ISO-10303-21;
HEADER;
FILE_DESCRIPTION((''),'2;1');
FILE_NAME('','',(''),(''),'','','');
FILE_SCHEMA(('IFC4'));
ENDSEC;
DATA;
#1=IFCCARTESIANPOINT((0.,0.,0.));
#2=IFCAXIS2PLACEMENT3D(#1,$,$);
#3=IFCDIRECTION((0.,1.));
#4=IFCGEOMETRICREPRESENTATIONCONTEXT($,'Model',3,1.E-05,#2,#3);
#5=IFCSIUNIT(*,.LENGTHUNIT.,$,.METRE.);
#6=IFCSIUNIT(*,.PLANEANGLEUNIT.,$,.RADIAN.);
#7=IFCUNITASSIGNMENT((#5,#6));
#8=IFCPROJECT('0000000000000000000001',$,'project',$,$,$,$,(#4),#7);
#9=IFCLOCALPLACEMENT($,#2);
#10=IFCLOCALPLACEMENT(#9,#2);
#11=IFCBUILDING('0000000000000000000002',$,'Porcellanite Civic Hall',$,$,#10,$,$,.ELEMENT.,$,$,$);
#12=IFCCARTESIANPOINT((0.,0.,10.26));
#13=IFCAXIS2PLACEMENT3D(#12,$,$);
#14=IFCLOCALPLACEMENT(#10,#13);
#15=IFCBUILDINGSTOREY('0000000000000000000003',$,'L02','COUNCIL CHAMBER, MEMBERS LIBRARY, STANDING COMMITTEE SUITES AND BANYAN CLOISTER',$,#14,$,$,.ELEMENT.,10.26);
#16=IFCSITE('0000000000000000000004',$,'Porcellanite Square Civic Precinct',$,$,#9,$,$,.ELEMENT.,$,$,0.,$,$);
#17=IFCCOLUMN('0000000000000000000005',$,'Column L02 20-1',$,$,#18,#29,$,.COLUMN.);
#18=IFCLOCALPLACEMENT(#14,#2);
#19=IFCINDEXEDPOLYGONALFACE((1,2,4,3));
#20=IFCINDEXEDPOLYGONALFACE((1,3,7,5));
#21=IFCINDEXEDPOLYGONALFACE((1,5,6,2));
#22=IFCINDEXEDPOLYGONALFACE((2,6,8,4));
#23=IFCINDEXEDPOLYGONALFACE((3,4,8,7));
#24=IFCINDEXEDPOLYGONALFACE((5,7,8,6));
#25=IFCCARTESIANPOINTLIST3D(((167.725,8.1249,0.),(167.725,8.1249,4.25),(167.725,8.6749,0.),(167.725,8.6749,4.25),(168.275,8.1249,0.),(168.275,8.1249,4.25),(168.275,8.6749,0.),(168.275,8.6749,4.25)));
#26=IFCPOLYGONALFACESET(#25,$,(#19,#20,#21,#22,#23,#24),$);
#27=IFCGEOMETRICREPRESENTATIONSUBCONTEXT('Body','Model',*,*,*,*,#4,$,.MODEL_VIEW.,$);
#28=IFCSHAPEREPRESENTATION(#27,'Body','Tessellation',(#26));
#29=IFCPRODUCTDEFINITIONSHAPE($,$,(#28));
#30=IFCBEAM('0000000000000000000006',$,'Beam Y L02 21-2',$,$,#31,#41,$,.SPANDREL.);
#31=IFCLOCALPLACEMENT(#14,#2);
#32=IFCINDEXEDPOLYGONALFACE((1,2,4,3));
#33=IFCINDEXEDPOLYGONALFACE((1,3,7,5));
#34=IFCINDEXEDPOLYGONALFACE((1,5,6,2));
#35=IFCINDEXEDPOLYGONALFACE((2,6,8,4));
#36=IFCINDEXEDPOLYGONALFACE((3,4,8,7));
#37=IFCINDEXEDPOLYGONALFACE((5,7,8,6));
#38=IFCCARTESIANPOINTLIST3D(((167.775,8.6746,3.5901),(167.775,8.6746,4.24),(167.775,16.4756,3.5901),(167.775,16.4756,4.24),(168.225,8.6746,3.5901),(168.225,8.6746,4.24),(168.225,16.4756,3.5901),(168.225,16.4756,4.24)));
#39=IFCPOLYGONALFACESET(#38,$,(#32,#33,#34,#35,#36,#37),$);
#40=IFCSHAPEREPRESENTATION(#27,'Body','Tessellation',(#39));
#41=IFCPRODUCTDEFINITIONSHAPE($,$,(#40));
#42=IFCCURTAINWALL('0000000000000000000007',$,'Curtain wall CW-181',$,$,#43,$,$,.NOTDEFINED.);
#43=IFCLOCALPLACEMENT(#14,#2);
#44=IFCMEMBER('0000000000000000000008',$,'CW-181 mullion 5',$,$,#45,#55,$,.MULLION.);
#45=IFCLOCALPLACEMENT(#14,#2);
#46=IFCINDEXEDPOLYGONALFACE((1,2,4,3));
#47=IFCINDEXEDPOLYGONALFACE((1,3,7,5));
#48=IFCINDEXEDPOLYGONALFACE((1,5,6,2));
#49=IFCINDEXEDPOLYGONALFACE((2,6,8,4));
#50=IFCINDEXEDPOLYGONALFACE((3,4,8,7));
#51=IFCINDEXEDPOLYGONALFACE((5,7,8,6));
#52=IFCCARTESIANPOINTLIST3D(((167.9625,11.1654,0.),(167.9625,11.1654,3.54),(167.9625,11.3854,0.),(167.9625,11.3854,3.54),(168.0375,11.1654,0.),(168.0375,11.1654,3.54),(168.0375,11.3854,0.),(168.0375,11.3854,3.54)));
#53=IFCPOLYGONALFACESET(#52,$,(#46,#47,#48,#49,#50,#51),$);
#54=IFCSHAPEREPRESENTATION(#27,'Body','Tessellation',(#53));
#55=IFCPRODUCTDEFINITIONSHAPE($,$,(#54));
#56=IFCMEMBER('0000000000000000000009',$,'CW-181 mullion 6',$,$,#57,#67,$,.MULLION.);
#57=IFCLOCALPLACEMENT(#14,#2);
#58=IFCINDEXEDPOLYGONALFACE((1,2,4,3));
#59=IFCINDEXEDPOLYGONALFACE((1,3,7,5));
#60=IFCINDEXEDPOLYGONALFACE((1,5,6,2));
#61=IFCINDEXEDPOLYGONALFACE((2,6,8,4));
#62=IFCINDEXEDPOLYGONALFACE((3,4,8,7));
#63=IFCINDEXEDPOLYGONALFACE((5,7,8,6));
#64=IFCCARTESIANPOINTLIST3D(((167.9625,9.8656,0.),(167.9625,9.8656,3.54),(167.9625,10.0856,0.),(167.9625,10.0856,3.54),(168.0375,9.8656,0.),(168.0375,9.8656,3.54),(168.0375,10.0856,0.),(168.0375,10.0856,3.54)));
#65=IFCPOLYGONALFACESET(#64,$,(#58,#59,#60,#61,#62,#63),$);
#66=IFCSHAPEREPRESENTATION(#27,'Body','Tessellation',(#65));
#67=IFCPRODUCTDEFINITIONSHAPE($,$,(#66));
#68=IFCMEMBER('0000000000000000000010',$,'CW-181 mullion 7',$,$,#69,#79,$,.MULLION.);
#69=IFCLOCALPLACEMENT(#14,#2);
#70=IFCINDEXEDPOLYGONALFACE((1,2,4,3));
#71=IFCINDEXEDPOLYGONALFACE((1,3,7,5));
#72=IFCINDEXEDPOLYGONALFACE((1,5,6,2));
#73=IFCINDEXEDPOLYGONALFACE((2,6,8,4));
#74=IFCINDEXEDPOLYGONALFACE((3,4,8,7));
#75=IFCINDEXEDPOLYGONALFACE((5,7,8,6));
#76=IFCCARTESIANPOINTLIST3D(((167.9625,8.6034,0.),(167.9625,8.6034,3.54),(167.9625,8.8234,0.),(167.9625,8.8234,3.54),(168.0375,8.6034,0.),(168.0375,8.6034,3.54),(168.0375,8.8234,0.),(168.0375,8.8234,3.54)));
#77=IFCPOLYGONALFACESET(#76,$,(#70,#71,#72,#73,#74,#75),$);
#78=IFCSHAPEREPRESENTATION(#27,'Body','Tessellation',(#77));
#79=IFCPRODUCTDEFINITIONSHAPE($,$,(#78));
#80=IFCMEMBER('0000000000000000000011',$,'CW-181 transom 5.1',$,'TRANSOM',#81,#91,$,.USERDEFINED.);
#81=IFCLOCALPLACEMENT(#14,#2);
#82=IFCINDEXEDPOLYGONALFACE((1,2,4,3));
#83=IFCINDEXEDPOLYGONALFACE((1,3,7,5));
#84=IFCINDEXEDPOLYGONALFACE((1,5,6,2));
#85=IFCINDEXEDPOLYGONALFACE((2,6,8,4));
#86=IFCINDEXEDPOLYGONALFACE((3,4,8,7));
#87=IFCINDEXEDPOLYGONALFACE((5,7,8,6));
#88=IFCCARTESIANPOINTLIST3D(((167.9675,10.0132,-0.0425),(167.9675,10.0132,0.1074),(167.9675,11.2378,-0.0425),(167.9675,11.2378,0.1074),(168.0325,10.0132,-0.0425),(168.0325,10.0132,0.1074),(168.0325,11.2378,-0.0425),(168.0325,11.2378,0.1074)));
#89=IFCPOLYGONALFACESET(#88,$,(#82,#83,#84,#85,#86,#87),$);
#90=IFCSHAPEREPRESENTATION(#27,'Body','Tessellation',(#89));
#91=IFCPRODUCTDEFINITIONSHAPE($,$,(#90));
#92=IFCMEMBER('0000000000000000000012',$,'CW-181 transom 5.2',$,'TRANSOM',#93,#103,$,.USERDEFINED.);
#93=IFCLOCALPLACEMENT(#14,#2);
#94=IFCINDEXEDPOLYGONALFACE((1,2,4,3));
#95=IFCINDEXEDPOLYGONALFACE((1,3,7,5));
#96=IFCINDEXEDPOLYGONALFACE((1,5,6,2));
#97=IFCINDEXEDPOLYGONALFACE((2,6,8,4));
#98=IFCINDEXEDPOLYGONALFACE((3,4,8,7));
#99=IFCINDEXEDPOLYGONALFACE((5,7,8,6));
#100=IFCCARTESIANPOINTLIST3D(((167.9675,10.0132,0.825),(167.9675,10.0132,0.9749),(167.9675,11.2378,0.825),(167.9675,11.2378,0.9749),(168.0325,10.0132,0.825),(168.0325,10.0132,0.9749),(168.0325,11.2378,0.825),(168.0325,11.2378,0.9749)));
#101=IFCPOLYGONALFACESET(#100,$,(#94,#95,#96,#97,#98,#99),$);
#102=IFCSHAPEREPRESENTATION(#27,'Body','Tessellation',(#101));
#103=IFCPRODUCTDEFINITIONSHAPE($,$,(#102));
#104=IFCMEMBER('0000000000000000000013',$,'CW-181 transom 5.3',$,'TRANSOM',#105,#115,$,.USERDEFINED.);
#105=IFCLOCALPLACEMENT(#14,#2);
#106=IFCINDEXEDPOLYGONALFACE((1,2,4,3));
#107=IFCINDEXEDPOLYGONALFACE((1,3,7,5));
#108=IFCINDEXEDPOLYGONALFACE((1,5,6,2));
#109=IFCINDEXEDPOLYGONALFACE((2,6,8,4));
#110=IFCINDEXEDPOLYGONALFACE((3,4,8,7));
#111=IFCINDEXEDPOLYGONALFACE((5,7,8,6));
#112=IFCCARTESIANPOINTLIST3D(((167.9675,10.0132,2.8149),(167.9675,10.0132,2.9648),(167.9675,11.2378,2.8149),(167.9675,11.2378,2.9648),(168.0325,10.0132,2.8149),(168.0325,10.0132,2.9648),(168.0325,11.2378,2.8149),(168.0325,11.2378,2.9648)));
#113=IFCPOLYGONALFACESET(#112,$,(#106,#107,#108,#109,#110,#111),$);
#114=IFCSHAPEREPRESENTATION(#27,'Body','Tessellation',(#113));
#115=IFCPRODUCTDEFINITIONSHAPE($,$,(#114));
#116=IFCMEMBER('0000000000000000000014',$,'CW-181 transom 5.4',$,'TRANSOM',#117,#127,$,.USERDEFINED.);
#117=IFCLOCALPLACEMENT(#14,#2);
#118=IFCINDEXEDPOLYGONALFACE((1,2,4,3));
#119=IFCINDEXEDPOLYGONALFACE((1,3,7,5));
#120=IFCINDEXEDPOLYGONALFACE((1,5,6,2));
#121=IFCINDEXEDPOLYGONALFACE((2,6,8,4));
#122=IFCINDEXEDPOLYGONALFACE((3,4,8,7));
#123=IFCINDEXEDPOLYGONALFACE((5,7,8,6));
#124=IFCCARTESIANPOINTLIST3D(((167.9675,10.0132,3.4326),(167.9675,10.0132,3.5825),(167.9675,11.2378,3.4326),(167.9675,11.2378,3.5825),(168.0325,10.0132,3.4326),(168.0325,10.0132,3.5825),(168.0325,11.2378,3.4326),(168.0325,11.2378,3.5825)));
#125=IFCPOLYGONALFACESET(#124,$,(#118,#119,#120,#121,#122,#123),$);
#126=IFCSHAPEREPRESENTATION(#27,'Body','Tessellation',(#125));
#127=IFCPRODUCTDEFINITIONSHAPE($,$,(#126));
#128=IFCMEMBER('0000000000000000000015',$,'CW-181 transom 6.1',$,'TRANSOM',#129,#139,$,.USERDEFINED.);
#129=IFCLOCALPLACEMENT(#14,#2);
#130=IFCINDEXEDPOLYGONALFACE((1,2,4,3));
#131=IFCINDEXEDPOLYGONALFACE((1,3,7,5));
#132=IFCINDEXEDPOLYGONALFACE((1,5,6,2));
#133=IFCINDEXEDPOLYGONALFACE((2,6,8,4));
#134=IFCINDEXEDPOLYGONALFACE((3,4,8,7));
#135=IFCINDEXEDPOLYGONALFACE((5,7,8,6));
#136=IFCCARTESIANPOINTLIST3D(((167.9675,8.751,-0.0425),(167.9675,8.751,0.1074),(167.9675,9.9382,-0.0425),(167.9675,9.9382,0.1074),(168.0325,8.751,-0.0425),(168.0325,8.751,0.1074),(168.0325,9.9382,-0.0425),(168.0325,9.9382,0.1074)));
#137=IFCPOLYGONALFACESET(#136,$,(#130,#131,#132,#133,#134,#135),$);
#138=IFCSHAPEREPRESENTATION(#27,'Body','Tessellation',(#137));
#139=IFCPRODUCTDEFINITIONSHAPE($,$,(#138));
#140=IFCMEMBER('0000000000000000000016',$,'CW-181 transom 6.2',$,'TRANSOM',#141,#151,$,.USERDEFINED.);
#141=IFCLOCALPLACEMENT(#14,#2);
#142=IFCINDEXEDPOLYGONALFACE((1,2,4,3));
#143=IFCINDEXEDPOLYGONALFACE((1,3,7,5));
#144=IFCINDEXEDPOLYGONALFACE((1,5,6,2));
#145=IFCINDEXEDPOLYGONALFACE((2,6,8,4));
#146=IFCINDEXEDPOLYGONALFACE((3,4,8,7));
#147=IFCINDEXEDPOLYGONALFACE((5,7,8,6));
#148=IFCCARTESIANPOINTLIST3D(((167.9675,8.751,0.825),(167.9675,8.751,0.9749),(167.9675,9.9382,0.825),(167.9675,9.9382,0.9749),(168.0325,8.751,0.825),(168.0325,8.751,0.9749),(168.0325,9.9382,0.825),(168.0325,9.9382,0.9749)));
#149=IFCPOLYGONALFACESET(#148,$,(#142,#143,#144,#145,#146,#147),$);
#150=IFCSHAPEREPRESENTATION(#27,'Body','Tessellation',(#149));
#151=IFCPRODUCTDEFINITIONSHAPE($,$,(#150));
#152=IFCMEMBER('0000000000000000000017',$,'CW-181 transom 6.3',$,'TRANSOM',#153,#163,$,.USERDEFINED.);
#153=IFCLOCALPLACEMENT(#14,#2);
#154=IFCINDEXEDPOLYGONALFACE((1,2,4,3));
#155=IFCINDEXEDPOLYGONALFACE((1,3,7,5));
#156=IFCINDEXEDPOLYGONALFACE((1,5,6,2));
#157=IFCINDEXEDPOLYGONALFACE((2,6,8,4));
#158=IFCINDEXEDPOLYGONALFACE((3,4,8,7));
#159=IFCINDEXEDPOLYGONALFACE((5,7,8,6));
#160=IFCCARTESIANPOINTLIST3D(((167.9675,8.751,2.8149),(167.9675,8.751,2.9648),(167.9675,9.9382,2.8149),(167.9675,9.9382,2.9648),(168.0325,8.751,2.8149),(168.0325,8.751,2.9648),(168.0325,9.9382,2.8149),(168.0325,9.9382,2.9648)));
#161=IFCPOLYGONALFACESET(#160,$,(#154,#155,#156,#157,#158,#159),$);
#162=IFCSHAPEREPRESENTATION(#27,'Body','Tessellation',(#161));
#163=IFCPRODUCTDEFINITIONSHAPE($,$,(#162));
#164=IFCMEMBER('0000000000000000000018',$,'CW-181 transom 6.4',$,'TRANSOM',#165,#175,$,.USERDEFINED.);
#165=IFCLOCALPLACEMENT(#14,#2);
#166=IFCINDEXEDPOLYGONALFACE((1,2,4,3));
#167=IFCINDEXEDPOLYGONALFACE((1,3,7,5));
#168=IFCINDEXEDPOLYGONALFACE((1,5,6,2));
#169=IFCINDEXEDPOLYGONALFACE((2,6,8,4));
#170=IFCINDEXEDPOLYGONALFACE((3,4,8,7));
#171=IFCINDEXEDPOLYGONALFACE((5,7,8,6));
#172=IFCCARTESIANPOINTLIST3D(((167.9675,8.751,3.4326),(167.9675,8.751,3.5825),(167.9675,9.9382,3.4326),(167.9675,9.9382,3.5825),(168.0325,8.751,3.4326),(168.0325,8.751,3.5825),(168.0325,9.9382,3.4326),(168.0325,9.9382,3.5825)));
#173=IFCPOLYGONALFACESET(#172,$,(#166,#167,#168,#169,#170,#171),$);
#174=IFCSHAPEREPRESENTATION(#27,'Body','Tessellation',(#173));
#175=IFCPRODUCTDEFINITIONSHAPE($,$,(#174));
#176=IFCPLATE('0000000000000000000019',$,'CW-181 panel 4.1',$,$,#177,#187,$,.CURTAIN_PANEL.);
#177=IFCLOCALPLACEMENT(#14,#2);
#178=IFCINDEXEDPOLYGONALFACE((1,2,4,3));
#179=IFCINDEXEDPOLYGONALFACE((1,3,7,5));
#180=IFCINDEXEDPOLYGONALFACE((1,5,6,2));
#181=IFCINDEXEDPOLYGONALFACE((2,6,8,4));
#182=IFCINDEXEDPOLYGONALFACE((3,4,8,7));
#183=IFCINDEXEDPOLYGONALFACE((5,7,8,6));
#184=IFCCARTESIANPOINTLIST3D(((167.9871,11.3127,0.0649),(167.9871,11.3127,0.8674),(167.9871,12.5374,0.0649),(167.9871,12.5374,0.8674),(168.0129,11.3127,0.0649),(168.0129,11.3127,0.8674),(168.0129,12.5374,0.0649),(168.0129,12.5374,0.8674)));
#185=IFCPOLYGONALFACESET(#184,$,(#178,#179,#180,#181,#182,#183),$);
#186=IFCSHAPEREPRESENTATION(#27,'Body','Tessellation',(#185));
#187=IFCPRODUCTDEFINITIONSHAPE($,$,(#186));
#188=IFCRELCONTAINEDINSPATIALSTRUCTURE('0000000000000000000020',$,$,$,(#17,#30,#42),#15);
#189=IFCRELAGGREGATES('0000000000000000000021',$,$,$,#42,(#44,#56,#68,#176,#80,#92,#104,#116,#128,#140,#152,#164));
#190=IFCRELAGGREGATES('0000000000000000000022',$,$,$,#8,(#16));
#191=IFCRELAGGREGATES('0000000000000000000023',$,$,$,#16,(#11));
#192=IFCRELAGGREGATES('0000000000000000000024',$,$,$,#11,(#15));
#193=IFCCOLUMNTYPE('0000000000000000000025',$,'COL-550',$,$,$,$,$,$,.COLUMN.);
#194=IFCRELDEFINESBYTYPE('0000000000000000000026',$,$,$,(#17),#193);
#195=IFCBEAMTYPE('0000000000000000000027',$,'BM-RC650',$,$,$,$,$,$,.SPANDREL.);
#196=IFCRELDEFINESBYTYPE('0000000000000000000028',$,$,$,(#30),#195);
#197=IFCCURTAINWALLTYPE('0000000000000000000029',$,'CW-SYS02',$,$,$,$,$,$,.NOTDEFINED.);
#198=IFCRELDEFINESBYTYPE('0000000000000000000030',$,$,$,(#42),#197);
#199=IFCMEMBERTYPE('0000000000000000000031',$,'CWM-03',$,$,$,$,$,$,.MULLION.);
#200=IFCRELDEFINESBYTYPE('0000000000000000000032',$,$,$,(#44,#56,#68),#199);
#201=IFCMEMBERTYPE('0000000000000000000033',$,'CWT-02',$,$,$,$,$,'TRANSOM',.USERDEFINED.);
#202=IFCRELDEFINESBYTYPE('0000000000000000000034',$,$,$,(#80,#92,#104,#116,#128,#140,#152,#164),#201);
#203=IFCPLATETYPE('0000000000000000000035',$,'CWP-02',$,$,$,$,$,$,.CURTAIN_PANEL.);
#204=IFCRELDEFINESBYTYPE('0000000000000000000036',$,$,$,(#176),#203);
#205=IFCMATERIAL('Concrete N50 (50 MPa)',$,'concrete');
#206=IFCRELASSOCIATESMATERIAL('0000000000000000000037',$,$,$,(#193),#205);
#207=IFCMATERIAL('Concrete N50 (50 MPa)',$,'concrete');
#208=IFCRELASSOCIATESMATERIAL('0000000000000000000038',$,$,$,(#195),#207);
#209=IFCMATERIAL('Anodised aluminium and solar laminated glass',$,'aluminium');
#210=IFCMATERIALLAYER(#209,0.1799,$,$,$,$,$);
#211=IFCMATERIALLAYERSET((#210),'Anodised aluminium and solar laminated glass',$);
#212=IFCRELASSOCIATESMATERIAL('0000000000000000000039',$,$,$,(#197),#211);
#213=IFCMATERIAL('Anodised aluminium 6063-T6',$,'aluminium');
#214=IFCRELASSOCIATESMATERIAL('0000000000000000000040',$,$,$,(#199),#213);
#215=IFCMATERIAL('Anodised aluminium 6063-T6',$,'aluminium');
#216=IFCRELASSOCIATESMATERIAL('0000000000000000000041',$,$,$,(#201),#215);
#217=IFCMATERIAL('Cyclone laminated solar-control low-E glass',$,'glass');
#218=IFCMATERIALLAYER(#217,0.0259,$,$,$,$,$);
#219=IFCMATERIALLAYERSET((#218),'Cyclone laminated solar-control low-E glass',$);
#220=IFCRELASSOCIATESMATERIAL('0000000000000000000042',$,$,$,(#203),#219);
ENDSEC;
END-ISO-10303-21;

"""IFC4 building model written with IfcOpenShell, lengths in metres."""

from ifc_helpers import new_model, si_unit, direction, frame, origin, origin_2d, place, context, subcontext, project, spatial, rectangle, extrude, material, layer, layer_set, material_profile, profile_set, type_object, element, aggregate, save


model = new_model("IFC4")

# Units and contexts
model_context = context("Model", 3, precision=1e-05, world=origin(), true_north=direction((0.0, 1.0)))
body_context = subcontext(model_context, "Body", "Model", "MODEL_VIEW")
ifc_project = project(units=[si_unit("LENGTHUNIT", "METRE"), si_unit("PLANEANGLEUNIT", "RADIAN")], contexts=[model_context])

# Site, building, storey
site_placement = place(None, origin())
site = spatial("IfcSite", under=ifc_project, at=site_placement, Name="Porcellanite Square Civic Precinct", CompositionType="ELEMENT", RefElevation=0.0)
building_placement = place(site_placement, origin())
building = spatial("IfcBuilding", under=site, at=building_placement, Name="Porcellanite Civic Hall", CompositionType="ELEMENT")
storey_placement = place(building_placement, frame((0.0, 0.0, 10.26)))
storey = spatial("IfcBuildingStorey", under=building, at=storey_placement, Name="L02", Description="COUNCIL CHAMBER, MEMBERS LIBRARY, STANDING COMMITTEE SUITES AND BANYAN CLOISTER", CompositionType="ELEMENT", Elevation=10.26)

# Column
ifc_material_1 = material(Name="Concrete N50 (50 MPa)", Category="concrete")
ifc_material_profile_1 = material_profile(ifc_material_1, rectangle(XDim=0.55, YDim=0.55, at=origin_2d()), Name="RC-550x550")
ifc_profile_set_1 = profile_set([ifc_material_profile_1], Name="Concrete N50 (50 MPa)")
column_type = type_object("IfcColumnType", Name="COL-550", PredefinedType="COLUMN", material=ifc_profile_set_1)
column_placement = place(storey_placement, frame((168.0, 8.3999, 0.0), z_axis=(0.0, 0.0, 1.0), x_axis=(1.0, 0.0, 0.0)))
element("IfcColumn", 1, at=column_placement, inside=storey, type_object=column_type, Name="Column L02 20-1", PredefinedType="COLUMN", context=body_context, shape_type="SweptSolid", body=[
    extrude(rectangle(XDim=0.55, YDim=0.55, at=origin_2d()), origin(), (0.0, 0.0, 1.0), 4.25),
])

# Beam
ifc_material_2 = material(Name="Concrete N50 (50 MPa)", Category="concrete")
ifc_material_profile_2 = material_profile(ifc_material_2, rectangle(XDim=0.45, YDim=0.6499, at=origin_2d()), Name="RC-450x650")
ifc_profile_set_2 = profile_set([ifc_material_profile_2], Name="Concrete N50 (50 MPa)")
beam_type = type_object("IfcBeamType", Name="BM-RC650", PredefinedType="SPANDREL", material=ifc_profile_set_2)
beam_placement = place(storey_placement, frame((168.0, 8.6746, 3.915), z_axis=(0.0, 1.0, 0.0), x_axis=(-1.0, 0.0, 0.0)))
element("IfcBeam", 2, at=beam_placement, inside=storey, type_object=beam_type, Name="Beam Y L02 21-2", PredefinedType="SPANDREL", context=body_context, shape_type="SweptSolid", body=[
    extrude(rectangle(XDim=0.45, YDim=0.6499, at=origin_2d()), origin(), (0.0, 0.0, 1.0), 7.801),
])

# Curtain wall, members, plate
ifc_material_3 = material(Name="Anodised aluminium and solar laminated glass", Category="aluminium")
ifc_layer_1 = layer(ifc_material_3, 0.1799)
ifc_layer_set_1 = layer_set([ifc_layer_1], Name="Anodised aluminium and solar laminated glass")
curtain_wall_type = type_object("IfcCurtainWallType", Name="CW-SYS02", PredefinedType="NOTDEFINED", material=ifc_layer_set_1)
curtain_wall_placement = place(storey_placement, origin())
curtain_wall = element("IfcCurtainWall", 3, at=curtain_wall_placement, inside=storey, type_object=curtain_wall_type, Name="Curtain wall CW-181", PredefinedType="NOTDEFINED")
ifc_material_4 = material(Name="Anodised aluminium 6063-T6", Category="aluminium")
ifc_material_profile_3 = material_profile(ifc_material_4, rectangle(XDim=0.075, YDim=0.22, at=origin_2d()), Name="AL-75x220")
ifc_profile_set_3 = profile_set([ifc_material_profile_3], Name="Anodised aluminium 6063-T6")
member_type_1 = type_object("IfcMemberType", Name="CWM-03", PredefinedType="MULLION", material=ifc_profile_set_3)
member_1_placement = place(storey_placement, frame((168.0, 11.2754, 0.0), z_axis=(0.0, 0.0, 1.0), x_axis=(1.0, 0.0, 0.0)))
member_1 = element("IfcMember", 4, at=member_1_placement, type_object=member_type_1, Name="CW-181 mullion 5", PredefinedType="MULLION", context=body_context, shape_type="SweptSolid", body=[
    extrude(rectangle(XDim=0.075, YDim=0.22, at=origin_2d()), origin(), (0.0, 0.0, 1.0), 3.54),
])
member_2_placement = place(storey_placement, frame((168.0, 9.9756, 0.0), z_axis=(0.0, 0.0, 1.0), x_axis=(1.0, 0.0, 0.0)))
member_2 = element("IfcMember", 5, at=member_2_placement, type_object=member_type_1, Name="CW-181 mullion 6", PredefinedType="MULLION", context=body_context, shape_type="SweptSolid", body=[
    extrude(rectangle(XDim=0.075, YDim=0.22, at=origin_2d()), origin(), (0.0, 0.0, 1.0), 3.54),
])
member_3_placement = place(storey_placement, frame((168.0, 8.7134, 0.0), z_axis=(0.0, 0.0, 1.0), x_axis=(1.0, 0.0, 0.0)))
member_3 = element("IfcMember", 6, at=member_3_placement, type_object=member_type_1, Name="CW-181 mullion 7", PredefinedType="MULLION", context=body_context, shape_type="SweptSolid", body=[
    extrude(rectangle(XDim=0.075, YDim=0.22, at=origin_2d()), origin(), (0.0, 0.0, 1.0), 3.54),
])
ifc_material_5 = material(Name="Anodised aluminium 6063-T6", Category="aluminium")
ifc_material_profile_4 = material_profile(ifc_material_5, rectangle(XDim=0.0649, YDim=0.1499, at=origin_2d()), Name="AL-65x150")
ifc_profile_set_4 = profile_set([ifc_material_profile_4], Name="Anodised aluminium 6063-T6")
member_type_2 = type_object("IfcMemberType", Name="CWT-02", ElementType="TRANSOM", PredefinedType="USERDEFINED", material=ifc_profile_set_4)
member_4_placement = place(storey_placement, frame((168.0, 11.2378, 0.0325), z_axis=(0.0, -1.0, 0.0), x_axis=(1.0, 0.0, 0.0)))
member_4 = element("IfcMember", 7, at=member_4_placement, type_object=member_type_2, Name="CW-181 transom 5.1", ObjectType="TRANSOM", PredefinedType="USERDEFINED", context=body_context, shape_type="SweptSolid", body=[
    extrude(rectangle(XDim=0.0649, YDim=0.1499, at=origin_2d()), origin(), (0.0, 0.0, 1.0), 1.2246),
])
member_5_placement = place(storey_placement, frame((168.0, 11.2378, 0.8999), z_axis=(0.0, -1.0, 0.0), x_axis=(1.0, 0.0, 0.0)))
member_5 = element("IfcMember", 8, at=member_5_placement, type_object=member_type_2, Name="CW-181 transom 5.2", ObjectType="TRANSOM", PredefinedType="USERDEFINED", context=body_context, shape_type="SweptSolid", body=[
    extrude(rectangle(XDim=0.0649, YDim=0.1499, at=origin_2d()), origin(), (0.0, 0.0, 1.0), 1.2246),
])
member_6_placement = place(storey_placement, frame((168.0, 11.2378, 2.8899), z_axis=(0.0, -1.0, 0.0), x_axis=(1.0, 0.0, 0.0)))
member_6 = element("IfcMember", 9, at=member_6_placement, type_object=member_type_2, Name="CW-181 transom 5.3", ObjectType="TRANSOM", PredefinedType="USERDEFINED", context=body_context, shape_type="SweptSolid", body=[
    extrude(rectangle(XDim=0.0649, YDim=0.1499, at=origin_2d()), origin(), (0.0, 0.0, 1.0), 1.2246),
])
member_7_placement = place(storey_placement, frame((168.0, 11.2378, 3.5076), z_axis=(0.0, -1.0, 0.0), x_axis=(1.0, 0.0, 0.0)))
member_7 = element("IfcMember", 10, at=member_7_placement, type_object=member_type_2, Name="CW-181 transom 5.4", ObjectType="TRANSOM", PredefinedType="USERDEFINED", context=body_context, shape_type="SweptSolid", body=[
    extrude(rectangle(XDim=0.0649, YDim=0.1499, at=origin_2d()), origin(), (0.0, 0.0, 1.0), 1.2246),
])
member_8_placement = place(storey_placement, frame((168.0, 9.9382, 0.0325), z_axis=(0.0, -1.0, 0.0), x_axis=(1.0, 0.0, 0.0)))
member_8 = element("IfcMember", 11, at=member_8_placement, type_object=member_type_2, Name="CW-181 transom 6.1", ObjectType="TRANSOM", PredefinedType="USERDEFINED", context=body_context, shape_type="SweptSolid", body=[
    extrude(rectangle(XDim=0.0649, YDim=0.1499, at=origin_2d()), origin(), (0.0, 0.0, 1.0), 1.1873),
])
member_9_placement = place(storey_placement, frame((168.0, 9.9382, 0.8999), z_axis=(0.0, -1.0, 0.0), x_axis=(1.0, 0.0, 0.0)))
member_9 = element("IfcMember", 12, at=member_9_placement, type_object=member_type_2, Name="CW-181 transom 6.2", ObjectType="TRANSOM", PredefinedType="USERDEFINED", context=body_context, shape_type="SweptSolid", body=[
    extrude(rectangle(XDim=0.0649, YDim=0.1499, at=origin_2d()), origin(), (0.0, 0.0, 1.0), 1.1873),
])
member_10_placement = place(storey_placement, frame((168.0, 9.9382, 2.8899), z_axis=(0.0, -1.0, 0.0), x_axis=(1.0, 0.0, 0.0)))
member_10 = element("IfcMember", 13, at=member_10_placement, type_object=member_type_2, Name="CW-181 transom 6.3", ObjectType="TRANSOM", PredefinedType="USERDEFINED", context=body_context, shape_type="SweptSolid", body=[
    extrude(rectangle(XDim=0.0649, YDim=0.1499, at=origin_2d()), origin(), (0.0, 0.0, 1.0), 1.1873),
])
member_11_placement = place(storey_placement, frame((168.0, 9.9382, 3.5076), z_axis=(0.0, -1.0, 0.0), x_axis=(1.0, 0.0, 0.0)))
member_11 = element("IfcMember", 14, at=member_11_placement, type_object=member_type_2, Name="CW-181 transom 6.4", ObjectType="TRANSOM", PredefinedType="USERDEFINED", context=body_context, shape_type="SweptSolid", body=[
    extrude(rectangle(XDim=0.0649, YDim=0.1499, at=origin_2d()), origin(), (0.0, 0.0, 1.0), 1.1873),
])
ifc_material_6 = material(Name="Cyclone laminated solar-control low-E glass", Category="glass")
ifc_layer_2 = layer(ifc_material_6, 0.0259)
ifc_layer_set_2 = layer_set([ifc_layer_2], Name="Cyclone laminated solar-control low-E glass")
plate_type = type_object("IfcPlateType", Name="CWP-02", PredefinedType="CURTAIN_PANEL", material=ifc_layer_set_2)
plate_1_placement = place(storey_placement, frame((168.0, 11.925, 0.0649), z_axis=(0.0, 0.0, 1.0), x_axis=(0.0, -1.0, 0.0)))
plate_1 = element("IfcPlate", 15, at=plate_1_placement, type_object=plate_type, Name="CW-181 panel 4.1", PredefinedType="CURTAIN_PANEL", context=body_context, shape_type="SweptSolid", body=[
    extrude(rectangle(XDim=1.2246, YDim=0.0259, at=origin_2d()), origin(), (0.0, 0.0, 1.0), 0.8025),
])
aggregate(curtain_wall, [member_1, member_2, member_3, plate_1, member_4, member_5, member_6, member_7, member_8, member_9, member_10, member_11])

save(model, "model.ifc")
